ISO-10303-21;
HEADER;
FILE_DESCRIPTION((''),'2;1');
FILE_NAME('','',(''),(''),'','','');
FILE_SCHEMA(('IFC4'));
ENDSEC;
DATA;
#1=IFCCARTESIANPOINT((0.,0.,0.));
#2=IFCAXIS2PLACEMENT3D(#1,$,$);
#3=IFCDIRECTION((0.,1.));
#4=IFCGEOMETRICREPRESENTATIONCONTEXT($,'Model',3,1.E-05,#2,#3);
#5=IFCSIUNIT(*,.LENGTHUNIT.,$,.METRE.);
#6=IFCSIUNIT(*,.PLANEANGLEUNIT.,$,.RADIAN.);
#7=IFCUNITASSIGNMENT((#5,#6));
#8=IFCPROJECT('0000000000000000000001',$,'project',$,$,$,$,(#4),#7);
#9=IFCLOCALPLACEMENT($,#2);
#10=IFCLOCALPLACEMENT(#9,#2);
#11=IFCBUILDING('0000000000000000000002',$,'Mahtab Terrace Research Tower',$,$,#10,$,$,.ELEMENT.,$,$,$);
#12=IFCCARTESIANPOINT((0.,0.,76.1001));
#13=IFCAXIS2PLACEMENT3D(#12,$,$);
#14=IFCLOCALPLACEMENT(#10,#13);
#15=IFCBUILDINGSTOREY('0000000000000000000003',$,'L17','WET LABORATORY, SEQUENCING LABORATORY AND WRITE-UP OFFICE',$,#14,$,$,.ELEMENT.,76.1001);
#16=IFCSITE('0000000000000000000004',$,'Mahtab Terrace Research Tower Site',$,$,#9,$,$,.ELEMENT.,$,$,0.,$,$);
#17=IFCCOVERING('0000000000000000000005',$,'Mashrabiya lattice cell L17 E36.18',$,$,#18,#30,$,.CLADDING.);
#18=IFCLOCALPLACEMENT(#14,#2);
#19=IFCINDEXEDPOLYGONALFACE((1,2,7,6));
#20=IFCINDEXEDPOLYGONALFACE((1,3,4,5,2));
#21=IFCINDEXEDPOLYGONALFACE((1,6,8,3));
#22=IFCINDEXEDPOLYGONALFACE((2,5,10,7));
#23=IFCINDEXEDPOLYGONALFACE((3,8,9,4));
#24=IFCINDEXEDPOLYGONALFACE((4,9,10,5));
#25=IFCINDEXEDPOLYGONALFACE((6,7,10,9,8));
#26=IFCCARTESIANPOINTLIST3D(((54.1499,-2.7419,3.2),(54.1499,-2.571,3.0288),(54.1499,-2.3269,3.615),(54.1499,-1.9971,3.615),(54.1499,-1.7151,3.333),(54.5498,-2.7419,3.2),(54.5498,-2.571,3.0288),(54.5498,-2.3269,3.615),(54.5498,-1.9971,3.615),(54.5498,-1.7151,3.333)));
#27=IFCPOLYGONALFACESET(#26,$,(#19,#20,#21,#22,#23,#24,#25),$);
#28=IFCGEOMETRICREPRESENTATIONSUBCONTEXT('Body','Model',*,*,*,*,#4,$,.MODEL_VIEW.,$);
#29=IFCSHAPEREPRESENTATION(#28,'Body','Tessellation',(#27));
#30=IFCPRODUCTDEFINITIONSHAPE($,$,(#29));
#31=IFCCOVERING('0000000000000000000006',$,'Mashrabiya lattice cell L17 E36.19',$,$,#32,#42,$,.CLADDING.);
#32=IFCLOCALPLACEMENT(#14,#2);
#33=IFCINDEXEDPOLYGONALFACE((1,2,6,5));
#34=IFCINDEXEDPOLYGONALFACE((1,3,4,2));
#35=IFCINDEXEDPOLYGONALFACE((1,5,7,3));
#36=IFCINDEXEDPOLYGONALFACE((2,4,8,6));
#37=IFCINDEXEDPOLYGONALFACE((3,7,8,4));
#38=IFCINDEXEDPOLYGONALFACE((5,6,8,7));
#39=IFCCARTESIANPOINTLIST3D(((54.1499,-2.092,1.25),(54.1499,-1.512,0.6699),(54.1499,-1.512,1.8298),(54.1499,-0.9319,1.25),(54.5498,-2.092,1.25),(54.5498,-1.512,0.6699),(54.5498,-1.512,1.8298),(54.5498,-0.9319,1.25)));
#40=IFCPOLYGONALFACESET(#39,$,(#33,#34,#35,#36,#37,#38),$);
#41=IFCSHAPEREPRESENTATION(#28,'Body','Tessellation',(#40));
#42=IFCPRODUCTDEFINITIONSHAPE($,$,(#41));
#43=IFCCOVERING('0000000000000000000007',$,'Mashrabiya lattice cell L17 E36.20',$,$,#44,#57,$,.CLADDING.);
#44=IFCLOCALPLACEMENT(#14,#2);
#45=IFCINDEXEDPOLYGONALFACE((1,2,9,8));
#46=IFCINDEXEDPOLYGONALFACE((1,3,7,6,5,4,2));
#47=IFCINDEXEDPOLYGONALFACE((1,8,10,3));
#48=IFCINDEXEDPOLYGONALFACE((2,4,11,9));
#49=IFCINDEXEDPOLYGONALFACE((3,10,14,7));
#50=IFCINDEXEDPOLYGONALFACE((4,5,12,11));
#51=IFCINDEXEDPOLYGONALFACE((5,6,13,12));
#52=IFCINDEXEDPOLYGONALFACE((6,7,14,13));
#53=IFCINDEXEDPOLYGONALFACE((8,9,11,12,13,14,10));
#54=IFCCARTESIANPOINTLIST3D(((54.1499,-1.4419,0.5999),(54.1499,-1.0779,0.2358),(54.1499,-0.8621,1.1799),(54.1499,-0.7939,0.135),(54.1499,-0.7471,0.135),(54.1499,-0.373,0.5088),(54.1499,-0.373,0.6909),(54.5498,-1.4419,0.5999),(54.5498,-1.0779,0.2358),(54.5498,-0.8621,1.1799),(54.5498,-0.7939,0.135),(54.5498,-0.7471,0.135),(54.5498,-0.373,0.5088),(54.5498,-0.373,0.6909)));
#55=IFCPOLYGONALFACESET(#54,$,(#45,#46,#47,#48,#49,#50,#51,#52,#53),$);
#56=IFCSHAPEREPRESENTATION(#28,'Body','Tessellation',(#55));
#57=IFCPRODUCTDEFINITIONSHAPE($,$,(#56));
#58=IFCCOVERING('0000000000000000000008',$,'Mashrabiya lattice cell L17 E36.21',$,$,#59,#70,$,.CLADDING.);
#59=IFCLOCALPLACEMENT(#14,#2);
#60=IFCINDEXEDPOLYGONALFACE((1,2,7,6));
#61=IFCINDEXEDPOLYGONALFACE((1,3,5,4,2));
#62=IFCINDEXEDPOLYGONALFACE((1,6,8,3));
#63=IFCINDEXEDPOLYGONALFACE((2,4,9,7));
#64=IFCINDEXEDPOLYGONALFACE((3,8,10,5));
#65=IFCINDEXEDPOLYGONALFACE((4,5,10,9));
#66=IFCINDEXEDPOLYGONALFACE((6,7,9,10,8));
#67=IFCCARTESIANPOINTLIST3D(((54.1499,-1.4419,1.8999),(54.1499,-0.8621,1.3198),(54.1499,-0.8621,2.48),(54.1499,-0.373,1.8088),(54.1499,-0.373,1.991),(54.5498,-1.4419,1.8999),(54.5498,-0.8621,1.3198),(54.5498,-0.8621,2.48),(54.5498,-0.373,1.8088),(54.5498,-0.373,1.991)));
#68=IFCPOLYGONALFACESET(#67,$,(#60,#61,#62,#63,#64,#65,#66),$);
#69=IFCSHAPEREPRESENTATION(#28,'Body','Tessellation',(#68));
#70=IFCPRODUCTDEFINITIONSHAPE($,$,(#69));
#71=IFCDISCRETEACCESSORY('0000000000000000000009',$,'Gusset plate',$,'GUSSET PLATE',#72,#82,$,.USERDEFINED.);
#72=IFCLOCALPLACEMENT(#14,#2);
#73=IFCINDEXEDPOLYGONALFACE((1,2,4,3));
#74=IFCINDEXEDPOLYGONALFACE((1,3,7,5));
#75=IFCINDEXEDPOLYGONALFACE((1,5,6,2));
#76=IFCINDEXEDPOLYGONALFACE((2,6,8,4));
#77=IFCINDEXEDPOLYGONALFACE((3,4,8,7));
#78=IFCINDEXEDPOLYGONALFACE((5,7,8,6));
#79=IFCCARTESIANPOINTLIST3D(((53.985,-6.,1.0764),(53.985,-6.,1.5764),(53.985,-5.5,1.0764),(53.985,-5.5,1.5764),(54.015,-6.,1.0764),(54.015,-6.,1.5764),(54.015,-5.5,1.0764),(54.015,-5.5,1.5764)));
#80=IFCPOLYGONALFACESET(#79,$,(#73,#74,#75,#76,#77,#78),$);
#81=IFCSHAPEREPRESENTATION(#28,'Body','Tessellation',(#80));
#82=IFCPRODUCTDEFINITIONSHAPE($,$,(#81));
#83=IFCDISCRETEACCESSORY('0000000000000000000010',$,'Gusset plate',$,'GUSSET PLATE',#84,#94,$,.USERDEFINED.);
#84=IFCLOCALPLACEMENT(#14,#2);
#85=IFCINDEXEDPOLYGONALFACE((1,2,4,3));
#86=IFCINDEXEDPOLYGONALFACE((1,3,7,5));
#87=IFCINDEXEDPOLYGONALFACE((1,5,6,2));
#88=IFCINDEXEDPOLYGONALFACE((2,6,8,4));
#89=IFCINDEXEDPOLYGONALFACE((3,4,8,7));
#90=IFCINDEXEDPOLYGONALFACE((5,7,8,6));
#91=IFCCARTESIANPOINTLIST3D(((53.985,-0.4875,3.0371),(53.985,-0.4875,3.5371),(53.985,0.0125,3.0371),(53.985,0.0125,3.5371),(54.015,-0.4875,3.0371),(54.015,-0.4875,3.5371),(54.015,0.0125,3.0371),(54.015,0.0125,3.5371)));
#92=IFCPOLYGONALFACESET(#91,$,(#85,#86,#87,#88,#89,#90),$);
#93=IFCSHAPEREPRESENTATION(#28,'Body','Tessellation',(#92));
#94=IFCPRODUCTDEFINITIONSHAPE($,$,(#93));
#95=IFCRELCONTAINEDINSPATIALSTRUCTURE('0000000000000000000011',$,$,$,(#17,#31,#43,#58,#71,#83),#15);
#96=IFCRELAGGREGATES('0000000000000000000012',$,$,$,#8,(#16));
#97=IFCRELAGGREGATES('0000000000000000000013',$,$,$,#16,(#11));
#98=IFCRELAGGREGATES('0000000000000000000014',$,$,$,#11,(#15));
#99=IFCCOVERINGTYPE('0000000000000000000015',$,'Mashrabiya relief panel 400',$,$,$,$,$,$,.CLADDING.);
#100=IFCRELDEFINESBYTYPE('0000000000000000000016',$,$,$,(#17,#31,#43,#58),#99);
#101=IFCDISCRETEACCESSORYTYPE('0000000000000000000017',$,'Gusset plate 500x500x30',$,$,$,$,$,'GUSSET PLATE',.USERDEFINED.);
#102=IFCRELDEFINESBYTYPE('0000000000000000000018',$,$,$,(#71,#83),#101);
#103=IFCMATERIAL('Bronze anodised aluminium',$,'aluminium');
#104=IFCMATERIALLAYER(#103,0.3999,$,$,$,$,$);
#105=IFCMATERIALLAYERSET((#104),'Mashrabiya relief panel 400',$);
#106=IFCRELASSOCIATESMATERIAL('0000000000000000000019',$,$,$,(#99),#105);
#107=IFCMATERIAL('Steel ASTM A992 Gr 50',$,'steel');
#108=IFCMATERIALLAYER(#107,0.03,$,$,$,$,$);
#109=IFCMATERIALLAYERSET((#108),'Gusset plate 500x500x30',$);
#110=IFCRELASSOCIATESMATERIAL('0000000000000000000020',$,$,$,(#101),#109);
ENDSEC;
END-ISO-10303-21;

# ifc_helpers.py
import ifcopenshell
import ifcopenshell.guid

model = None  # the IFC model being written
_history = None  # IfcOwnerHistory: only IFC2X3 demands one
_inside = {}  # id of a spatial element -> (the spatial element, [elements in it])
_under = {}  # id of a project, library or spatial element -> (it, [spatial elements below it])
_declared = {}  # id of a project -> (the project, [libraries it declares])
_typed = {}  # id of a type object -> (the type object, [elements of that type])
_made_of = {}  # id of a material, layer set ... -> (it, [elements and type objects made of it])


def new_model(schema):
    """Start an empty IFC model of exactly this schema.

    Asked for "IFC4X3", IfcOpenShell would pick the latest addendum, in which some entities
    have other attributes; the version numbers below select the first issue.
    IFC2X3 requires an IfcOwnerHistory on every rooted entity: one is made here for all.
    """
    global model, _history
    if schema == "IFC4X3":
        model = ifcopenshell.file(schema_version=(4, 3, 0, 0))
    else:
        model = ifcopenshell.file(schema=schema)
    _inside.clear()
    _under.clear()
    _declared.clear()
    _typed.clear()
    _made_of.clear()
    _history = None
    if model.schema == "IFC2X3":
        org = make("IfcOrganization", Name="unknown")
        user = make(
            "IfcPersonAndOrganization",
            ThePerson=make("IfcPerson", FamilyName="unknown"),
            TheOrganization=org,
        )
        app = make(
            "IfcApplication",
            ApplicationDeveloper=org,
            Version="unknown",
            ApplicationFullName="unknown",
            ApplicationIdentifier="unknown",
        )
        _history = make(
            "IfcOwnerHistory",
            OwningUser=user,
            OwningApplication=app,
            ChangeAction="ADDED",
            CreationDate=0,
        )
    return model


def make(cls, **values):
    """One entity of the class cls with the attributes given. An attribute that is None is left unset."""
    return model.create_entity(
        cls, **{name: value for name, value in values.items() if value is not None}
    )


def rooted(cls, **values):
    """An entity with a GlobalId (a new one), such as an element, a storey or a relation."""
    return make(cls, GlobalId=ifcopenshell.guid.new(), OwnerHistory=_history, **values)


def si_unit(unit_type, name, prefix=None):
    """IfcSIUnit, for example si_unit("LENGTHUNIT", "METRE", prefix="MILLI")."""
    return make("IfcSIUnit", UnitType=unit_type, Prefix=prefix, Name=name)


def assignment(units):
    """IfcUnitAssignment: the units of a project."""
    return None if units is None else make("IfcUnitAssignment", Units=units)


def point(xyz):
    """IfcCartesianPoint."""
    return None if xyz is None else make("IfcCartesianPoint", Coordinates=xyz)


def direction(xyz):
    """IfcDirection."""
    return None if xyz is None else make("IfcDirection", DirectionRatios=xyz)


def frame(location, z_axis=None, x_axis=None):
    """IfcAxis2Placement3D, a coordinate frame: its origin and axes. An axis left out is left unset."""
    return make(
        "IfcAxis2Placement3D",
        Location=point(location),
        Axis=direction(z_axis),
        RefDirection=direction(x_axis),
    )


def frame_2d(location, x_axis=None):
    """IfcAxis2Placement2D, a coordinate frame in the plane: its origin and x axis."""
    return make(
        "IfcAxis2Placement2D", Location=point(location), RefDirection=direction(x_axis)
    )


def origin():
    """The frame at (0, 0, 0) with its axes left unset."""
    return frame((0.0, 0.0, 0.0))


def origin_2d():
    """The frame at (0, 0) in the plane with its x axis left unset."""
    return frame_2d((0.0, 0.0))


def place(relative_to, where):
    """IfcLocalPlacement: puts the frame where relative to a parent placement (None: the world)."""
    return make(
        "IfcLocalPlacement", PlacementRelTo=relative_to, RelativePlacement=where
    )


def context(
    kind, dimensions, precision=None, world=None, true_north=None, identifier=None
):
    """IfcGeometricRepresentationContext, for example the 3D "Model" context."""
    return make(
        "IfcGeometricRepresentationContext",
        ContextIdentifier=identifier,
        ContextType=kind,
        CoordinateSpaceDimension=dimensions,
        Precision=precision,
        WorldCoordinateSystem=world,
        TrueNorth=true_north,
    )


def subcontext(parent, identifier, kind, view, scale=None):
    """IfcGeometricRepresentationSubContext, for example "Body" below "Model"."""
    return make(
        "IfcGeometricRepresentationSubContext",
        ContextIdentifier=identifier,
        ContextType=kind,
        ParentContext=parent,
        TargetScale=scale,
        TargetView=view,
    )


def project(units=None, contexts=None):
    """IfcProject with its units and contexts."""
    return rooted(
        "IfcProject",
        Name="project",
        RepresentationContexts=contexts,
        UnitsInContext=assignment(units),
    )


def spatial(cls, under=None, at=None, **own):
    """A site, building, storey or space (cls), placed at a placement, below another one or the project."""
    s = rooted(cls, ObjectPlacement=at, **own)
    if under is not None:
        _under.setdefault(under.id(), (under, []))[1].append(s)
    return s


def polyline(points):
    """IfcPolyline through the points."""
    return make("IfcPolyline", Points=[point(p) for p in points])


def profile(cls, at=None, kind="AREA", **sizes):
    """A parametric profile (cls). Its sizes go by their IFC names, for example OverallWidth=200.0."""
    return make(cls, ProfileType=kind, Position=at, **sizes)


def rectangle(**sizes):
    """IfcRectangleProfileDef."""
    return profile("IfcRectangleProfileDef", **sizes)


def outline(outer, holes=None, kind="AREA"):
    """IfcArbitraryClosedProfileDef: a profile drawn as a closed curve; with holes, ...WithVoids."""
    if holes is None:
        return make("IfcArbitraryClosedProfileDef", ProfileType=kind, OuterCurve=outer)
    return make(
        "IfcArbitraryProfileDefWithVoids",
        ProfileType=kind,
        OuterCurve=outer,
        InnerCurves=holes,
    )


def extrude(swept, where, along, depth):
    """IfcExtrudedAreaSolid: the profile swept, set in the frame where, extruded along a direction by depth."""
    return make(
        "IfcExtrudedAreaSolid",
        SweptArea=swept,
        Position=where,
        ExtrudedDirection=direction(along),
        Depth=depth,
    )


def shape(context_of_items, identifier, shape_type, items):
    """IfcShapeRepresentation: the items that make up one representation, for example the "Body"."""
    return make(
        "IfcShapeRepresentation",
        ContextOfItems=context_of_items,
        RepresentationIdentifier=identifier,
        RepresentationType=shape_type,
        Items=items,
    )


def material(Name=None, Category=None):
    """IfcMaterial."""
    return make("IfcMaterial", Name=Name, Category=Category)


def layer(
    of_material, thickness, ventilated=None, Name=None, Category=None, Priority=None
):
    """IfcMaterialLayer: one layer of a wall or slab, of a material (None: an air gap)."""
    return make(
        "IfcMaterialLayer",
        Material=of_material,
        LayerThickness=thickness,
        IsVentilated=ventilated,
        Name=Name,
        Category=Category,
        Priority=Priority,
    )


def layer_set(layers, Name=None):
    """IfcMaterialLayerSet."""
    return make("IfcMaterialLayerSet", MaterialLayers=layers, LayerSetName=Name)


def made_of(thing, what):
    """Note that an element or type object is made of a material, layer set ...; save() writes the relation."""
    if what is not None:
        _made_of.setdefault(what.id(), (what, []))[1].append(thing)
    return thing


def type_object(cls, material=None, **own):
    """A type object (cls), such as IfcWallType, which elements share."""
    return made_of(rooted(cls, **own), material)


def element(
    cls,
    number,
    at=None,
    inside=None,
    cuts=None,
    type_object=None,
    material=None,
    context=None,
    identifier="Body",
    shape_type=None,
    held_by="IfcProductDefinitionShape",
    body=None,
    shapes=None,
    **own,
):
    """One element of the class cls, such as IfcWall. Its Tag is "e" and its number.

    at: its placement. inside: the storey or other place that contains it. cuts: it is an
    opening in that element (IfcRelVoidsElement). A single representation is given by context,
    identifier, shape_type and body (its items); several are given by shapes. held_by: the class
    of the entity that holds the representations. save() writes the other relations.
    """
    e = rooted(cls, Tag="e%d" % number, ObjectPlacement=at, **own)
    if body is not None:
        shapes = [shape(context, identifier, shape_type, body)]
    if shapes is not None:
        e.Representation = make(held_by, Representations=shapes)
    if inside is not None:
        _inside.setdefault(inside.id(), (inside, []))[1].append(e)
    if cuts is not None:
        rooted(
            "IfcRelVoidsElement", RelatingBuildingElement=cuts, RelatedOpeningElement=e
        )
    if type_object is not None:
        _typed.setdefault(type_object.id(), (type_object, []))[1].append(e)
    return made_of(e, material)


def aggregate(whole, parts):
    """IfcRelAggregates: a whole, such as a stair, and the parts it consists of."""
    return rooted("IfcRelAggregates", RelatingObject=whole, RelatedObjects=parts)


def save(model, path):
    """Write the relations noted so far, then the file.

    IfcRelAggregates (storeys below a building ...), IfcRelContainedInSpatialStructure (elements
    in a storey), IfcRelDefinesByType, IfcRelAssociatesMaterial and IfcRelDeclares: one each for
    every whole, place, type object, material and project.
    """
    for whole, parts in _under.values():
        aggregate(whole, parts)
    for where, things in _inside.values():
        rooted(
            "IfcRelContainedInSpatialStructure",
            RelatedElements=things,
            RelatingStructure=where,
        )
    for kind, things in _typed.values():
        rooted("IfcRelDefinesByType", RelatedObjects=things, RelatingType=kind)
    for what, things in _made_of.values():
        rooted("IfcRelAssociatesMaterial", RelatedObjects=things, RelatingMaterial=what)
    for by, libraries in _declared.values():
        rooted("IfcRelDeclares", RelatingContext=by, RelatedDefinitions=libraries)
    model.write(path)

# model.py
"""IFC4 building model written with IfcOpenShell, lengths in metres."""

from ifc_helpers import new_model, si_unit, direction, frame, origin, origin_2d, place, context, subcontext, project, spatial, polyline, rectangle, outline, extrude, material, layer, layer_set, type_object, element, save


model = new_model("IFC4")

# Units and contexts
model_context = context("Model", 3, precision=1e-05, world=origin(), true_north=direction((0.0, 1.0)))
body_context = subcontext(model_context, "Body", "Model", "MODEL_VIEW")
ifc_project = project(units=[si_unit("LENGTHUNIT", "METRE"), si_unit("PLANEANGLEUNIT", "RADIAN")], contexts=[model_context])

# Site, building, storey
site_placement = place(None, origin())
site = spatial("IfcSite", under=ifc_project, at=site_placement, Name="Mahtab Terrace Research Tower Site", CompositionType="ELEMENT", RefElevation=0.0)
building_placement = place(site_placement, origin())
building = spatial("IfcBuilding", under=site, at=building_placement, Name="Mahtab Terrace Research Tower", CompositionType="ELEMENT")
storey_placement = place(building_placement, frame((0.0, 0.0, 76.1001)))
storey = spatial("IfcBuildingStorey", under=building, at=storey_placement, Name="L17", Description="WET LABORATORY, SEQUENCING LABORATORY AND WRITE-UP OFFICE", CompositionType="ELEMENT", Elevation=76.1001)

# Coverings
ifc_material_1 = material(Name="Bronze anodised aluminium", Category="aluminium")
ifc_layer_1 = layer(ifc_material_1, 0.3999)
ifc_layer_set_1 = layer_set([ifc_layer_1], Name="Mashrabiya relief panel 400")
covering_type = type_object("IfcCoveringType", Name="Mashrabiya relief panel 400", PredefinedType="CLADDING", material=ifc_layer_set_1)
covering_1_placement = place(storey_placement, frame((54.1499, -2.7419, 3.2), z_axis=(-1.0, 0.0, 0.0), x_axis=(0.0, 0.707107, 0.707107)))
element("IfcCovering", 1, at=covering_1_placement, inside=storey, type_object=covering_type, Name="Mashrabiya lattice cell L17 E36.18", PredefinedType="CLADDING", context=body_context, shape_type="SweptSolid", body=[
    extrude(outline(polyline([(0.0, 0.0), (0.587, 0.0), (0.8202, 0.2332), (0.8202, 0.632), (-0.0002, 0.2419), (0.0, 0.0)])), origin(), (0.0, 0.0, -1.0), 0.3999),
])
covering_2_placement = place(storey_placement, frame((54.1499, -1.512, 1.8298), z_axis=(-1.0, 0.0, 0.0), x_axis=(0.0, 0.707256, -0.706958)))
element("IfcCovering", 2, at=covering_2_placement, inside=storey, type_object=covering_type, Name="Mashrabiya lattice cell L17 E36.19", PredefinedType="CLADDING", context=body_context, shape_type="SweptSolid", body=[
    extrude(outline(polyline([(0.0, 0.0), (0.8202, 0.0), (0.82, 0.8204), (-0.0003, 0.8202), (0.0, 0.0)])), origin(), (0.0, 0.0, -1.0), 0.3999),
])
covering_3_placement = place(storey_placement, frame((54.1499, -1.4419, 0.5999), z_axis=(-1.0, 0.0, 0.0), x_axis=(0.0, 0.706958, 0.707256)))
element("IfcCovering", 3, at=covering_3_placement, inside=storey, type_object=covering_type, Name="Mashrabiya lattice cell L17 E36.20", PredefinedType="CLADDING", context=body_context, shape_type="SweptSolid", body=[
    extrude(outline(polyline([(0.0, 0.0), (0.8202, 0.0), (0.82, 0.6916), (0.6912, 0.8203), (0.1624, 0.82), (0.1293, 0.7869), (-0.0001, 0.5148), (0.0, 0.0)])), origin(), (0.0, 0.0, -1.0), 0.3999),
])
covering_4_placement = place(storey_placement, frame((54.1499, -0.8621, 1.3198), z_axis=(-1.0, 0.0, 0.0), x_axis=(0.0, -0.706958, 0.707256)))
element("IfcCovering", 4, at=covering_4_placement, inside=storey, type_object=covering_type, Name="Mashrabiya lattice cell L17 E36.21", PredefinedType="CLADDING", context=body_context, shape_type="SweptSolid", body=[
    extrude(outline(polyline([(0.0, 0.0), (0.8202, 0.0), (0.8205, 0.8202), (0.129, 0.8203), (0.0001, 0.6916), (0.0, 0.0)])), origin(), (0.0, 0.0, -1.0), 0.3999),
])

# Discrete accessories
ifc_material_2 = material(Name="Steel ASTM A992 Gr 50", Category="steel")
ifc_layer_2 = layer(ifc_material_2, 0.03)
ifc_layer_set_2 = layer_set([ifc_layer_2], Name="Gusset plate 500x500x30")
discrete_accessory_type = type_object("IfcDiscreteAccessoryType", Name="Gusset plate 500x500x30", ElementType="GUSSET PLATE", PredefinedType="USERDEFINED", material=ifc_layer_set_2)
for number, where, z_axis, x_axis, name in (
    (5, (54.0, -5.75, 1.0764), (0.0, 0.0, 1.0), (0.0, 1.0, 0.0), "Gusset plate"),
    (6, (54.0, -0.2375, 3.0371), (0.0, 0.0, 1.0), (0.0, 1.0, 0.0), "Gusset plate"),
):
    element("IfcDiscreteAccessory", number, at=place(storey_placement, frame(where, z_axis=z_axis, x_axis=x_axis)), inside=storey, type_object=discrete_accessory_type, Name=name, ObjectType="GUSSET PLATE", PredefinedType="USERDEFINED", context=body_context, shape_type="SweptSolid", body=[
        extrude(rectangle(XDim=0.5, YDim=0.03, at=origin_2d()), origin(), (0.0, 0.0, 1.0), 0.5),
    ])

save(model, "model.ifc")
